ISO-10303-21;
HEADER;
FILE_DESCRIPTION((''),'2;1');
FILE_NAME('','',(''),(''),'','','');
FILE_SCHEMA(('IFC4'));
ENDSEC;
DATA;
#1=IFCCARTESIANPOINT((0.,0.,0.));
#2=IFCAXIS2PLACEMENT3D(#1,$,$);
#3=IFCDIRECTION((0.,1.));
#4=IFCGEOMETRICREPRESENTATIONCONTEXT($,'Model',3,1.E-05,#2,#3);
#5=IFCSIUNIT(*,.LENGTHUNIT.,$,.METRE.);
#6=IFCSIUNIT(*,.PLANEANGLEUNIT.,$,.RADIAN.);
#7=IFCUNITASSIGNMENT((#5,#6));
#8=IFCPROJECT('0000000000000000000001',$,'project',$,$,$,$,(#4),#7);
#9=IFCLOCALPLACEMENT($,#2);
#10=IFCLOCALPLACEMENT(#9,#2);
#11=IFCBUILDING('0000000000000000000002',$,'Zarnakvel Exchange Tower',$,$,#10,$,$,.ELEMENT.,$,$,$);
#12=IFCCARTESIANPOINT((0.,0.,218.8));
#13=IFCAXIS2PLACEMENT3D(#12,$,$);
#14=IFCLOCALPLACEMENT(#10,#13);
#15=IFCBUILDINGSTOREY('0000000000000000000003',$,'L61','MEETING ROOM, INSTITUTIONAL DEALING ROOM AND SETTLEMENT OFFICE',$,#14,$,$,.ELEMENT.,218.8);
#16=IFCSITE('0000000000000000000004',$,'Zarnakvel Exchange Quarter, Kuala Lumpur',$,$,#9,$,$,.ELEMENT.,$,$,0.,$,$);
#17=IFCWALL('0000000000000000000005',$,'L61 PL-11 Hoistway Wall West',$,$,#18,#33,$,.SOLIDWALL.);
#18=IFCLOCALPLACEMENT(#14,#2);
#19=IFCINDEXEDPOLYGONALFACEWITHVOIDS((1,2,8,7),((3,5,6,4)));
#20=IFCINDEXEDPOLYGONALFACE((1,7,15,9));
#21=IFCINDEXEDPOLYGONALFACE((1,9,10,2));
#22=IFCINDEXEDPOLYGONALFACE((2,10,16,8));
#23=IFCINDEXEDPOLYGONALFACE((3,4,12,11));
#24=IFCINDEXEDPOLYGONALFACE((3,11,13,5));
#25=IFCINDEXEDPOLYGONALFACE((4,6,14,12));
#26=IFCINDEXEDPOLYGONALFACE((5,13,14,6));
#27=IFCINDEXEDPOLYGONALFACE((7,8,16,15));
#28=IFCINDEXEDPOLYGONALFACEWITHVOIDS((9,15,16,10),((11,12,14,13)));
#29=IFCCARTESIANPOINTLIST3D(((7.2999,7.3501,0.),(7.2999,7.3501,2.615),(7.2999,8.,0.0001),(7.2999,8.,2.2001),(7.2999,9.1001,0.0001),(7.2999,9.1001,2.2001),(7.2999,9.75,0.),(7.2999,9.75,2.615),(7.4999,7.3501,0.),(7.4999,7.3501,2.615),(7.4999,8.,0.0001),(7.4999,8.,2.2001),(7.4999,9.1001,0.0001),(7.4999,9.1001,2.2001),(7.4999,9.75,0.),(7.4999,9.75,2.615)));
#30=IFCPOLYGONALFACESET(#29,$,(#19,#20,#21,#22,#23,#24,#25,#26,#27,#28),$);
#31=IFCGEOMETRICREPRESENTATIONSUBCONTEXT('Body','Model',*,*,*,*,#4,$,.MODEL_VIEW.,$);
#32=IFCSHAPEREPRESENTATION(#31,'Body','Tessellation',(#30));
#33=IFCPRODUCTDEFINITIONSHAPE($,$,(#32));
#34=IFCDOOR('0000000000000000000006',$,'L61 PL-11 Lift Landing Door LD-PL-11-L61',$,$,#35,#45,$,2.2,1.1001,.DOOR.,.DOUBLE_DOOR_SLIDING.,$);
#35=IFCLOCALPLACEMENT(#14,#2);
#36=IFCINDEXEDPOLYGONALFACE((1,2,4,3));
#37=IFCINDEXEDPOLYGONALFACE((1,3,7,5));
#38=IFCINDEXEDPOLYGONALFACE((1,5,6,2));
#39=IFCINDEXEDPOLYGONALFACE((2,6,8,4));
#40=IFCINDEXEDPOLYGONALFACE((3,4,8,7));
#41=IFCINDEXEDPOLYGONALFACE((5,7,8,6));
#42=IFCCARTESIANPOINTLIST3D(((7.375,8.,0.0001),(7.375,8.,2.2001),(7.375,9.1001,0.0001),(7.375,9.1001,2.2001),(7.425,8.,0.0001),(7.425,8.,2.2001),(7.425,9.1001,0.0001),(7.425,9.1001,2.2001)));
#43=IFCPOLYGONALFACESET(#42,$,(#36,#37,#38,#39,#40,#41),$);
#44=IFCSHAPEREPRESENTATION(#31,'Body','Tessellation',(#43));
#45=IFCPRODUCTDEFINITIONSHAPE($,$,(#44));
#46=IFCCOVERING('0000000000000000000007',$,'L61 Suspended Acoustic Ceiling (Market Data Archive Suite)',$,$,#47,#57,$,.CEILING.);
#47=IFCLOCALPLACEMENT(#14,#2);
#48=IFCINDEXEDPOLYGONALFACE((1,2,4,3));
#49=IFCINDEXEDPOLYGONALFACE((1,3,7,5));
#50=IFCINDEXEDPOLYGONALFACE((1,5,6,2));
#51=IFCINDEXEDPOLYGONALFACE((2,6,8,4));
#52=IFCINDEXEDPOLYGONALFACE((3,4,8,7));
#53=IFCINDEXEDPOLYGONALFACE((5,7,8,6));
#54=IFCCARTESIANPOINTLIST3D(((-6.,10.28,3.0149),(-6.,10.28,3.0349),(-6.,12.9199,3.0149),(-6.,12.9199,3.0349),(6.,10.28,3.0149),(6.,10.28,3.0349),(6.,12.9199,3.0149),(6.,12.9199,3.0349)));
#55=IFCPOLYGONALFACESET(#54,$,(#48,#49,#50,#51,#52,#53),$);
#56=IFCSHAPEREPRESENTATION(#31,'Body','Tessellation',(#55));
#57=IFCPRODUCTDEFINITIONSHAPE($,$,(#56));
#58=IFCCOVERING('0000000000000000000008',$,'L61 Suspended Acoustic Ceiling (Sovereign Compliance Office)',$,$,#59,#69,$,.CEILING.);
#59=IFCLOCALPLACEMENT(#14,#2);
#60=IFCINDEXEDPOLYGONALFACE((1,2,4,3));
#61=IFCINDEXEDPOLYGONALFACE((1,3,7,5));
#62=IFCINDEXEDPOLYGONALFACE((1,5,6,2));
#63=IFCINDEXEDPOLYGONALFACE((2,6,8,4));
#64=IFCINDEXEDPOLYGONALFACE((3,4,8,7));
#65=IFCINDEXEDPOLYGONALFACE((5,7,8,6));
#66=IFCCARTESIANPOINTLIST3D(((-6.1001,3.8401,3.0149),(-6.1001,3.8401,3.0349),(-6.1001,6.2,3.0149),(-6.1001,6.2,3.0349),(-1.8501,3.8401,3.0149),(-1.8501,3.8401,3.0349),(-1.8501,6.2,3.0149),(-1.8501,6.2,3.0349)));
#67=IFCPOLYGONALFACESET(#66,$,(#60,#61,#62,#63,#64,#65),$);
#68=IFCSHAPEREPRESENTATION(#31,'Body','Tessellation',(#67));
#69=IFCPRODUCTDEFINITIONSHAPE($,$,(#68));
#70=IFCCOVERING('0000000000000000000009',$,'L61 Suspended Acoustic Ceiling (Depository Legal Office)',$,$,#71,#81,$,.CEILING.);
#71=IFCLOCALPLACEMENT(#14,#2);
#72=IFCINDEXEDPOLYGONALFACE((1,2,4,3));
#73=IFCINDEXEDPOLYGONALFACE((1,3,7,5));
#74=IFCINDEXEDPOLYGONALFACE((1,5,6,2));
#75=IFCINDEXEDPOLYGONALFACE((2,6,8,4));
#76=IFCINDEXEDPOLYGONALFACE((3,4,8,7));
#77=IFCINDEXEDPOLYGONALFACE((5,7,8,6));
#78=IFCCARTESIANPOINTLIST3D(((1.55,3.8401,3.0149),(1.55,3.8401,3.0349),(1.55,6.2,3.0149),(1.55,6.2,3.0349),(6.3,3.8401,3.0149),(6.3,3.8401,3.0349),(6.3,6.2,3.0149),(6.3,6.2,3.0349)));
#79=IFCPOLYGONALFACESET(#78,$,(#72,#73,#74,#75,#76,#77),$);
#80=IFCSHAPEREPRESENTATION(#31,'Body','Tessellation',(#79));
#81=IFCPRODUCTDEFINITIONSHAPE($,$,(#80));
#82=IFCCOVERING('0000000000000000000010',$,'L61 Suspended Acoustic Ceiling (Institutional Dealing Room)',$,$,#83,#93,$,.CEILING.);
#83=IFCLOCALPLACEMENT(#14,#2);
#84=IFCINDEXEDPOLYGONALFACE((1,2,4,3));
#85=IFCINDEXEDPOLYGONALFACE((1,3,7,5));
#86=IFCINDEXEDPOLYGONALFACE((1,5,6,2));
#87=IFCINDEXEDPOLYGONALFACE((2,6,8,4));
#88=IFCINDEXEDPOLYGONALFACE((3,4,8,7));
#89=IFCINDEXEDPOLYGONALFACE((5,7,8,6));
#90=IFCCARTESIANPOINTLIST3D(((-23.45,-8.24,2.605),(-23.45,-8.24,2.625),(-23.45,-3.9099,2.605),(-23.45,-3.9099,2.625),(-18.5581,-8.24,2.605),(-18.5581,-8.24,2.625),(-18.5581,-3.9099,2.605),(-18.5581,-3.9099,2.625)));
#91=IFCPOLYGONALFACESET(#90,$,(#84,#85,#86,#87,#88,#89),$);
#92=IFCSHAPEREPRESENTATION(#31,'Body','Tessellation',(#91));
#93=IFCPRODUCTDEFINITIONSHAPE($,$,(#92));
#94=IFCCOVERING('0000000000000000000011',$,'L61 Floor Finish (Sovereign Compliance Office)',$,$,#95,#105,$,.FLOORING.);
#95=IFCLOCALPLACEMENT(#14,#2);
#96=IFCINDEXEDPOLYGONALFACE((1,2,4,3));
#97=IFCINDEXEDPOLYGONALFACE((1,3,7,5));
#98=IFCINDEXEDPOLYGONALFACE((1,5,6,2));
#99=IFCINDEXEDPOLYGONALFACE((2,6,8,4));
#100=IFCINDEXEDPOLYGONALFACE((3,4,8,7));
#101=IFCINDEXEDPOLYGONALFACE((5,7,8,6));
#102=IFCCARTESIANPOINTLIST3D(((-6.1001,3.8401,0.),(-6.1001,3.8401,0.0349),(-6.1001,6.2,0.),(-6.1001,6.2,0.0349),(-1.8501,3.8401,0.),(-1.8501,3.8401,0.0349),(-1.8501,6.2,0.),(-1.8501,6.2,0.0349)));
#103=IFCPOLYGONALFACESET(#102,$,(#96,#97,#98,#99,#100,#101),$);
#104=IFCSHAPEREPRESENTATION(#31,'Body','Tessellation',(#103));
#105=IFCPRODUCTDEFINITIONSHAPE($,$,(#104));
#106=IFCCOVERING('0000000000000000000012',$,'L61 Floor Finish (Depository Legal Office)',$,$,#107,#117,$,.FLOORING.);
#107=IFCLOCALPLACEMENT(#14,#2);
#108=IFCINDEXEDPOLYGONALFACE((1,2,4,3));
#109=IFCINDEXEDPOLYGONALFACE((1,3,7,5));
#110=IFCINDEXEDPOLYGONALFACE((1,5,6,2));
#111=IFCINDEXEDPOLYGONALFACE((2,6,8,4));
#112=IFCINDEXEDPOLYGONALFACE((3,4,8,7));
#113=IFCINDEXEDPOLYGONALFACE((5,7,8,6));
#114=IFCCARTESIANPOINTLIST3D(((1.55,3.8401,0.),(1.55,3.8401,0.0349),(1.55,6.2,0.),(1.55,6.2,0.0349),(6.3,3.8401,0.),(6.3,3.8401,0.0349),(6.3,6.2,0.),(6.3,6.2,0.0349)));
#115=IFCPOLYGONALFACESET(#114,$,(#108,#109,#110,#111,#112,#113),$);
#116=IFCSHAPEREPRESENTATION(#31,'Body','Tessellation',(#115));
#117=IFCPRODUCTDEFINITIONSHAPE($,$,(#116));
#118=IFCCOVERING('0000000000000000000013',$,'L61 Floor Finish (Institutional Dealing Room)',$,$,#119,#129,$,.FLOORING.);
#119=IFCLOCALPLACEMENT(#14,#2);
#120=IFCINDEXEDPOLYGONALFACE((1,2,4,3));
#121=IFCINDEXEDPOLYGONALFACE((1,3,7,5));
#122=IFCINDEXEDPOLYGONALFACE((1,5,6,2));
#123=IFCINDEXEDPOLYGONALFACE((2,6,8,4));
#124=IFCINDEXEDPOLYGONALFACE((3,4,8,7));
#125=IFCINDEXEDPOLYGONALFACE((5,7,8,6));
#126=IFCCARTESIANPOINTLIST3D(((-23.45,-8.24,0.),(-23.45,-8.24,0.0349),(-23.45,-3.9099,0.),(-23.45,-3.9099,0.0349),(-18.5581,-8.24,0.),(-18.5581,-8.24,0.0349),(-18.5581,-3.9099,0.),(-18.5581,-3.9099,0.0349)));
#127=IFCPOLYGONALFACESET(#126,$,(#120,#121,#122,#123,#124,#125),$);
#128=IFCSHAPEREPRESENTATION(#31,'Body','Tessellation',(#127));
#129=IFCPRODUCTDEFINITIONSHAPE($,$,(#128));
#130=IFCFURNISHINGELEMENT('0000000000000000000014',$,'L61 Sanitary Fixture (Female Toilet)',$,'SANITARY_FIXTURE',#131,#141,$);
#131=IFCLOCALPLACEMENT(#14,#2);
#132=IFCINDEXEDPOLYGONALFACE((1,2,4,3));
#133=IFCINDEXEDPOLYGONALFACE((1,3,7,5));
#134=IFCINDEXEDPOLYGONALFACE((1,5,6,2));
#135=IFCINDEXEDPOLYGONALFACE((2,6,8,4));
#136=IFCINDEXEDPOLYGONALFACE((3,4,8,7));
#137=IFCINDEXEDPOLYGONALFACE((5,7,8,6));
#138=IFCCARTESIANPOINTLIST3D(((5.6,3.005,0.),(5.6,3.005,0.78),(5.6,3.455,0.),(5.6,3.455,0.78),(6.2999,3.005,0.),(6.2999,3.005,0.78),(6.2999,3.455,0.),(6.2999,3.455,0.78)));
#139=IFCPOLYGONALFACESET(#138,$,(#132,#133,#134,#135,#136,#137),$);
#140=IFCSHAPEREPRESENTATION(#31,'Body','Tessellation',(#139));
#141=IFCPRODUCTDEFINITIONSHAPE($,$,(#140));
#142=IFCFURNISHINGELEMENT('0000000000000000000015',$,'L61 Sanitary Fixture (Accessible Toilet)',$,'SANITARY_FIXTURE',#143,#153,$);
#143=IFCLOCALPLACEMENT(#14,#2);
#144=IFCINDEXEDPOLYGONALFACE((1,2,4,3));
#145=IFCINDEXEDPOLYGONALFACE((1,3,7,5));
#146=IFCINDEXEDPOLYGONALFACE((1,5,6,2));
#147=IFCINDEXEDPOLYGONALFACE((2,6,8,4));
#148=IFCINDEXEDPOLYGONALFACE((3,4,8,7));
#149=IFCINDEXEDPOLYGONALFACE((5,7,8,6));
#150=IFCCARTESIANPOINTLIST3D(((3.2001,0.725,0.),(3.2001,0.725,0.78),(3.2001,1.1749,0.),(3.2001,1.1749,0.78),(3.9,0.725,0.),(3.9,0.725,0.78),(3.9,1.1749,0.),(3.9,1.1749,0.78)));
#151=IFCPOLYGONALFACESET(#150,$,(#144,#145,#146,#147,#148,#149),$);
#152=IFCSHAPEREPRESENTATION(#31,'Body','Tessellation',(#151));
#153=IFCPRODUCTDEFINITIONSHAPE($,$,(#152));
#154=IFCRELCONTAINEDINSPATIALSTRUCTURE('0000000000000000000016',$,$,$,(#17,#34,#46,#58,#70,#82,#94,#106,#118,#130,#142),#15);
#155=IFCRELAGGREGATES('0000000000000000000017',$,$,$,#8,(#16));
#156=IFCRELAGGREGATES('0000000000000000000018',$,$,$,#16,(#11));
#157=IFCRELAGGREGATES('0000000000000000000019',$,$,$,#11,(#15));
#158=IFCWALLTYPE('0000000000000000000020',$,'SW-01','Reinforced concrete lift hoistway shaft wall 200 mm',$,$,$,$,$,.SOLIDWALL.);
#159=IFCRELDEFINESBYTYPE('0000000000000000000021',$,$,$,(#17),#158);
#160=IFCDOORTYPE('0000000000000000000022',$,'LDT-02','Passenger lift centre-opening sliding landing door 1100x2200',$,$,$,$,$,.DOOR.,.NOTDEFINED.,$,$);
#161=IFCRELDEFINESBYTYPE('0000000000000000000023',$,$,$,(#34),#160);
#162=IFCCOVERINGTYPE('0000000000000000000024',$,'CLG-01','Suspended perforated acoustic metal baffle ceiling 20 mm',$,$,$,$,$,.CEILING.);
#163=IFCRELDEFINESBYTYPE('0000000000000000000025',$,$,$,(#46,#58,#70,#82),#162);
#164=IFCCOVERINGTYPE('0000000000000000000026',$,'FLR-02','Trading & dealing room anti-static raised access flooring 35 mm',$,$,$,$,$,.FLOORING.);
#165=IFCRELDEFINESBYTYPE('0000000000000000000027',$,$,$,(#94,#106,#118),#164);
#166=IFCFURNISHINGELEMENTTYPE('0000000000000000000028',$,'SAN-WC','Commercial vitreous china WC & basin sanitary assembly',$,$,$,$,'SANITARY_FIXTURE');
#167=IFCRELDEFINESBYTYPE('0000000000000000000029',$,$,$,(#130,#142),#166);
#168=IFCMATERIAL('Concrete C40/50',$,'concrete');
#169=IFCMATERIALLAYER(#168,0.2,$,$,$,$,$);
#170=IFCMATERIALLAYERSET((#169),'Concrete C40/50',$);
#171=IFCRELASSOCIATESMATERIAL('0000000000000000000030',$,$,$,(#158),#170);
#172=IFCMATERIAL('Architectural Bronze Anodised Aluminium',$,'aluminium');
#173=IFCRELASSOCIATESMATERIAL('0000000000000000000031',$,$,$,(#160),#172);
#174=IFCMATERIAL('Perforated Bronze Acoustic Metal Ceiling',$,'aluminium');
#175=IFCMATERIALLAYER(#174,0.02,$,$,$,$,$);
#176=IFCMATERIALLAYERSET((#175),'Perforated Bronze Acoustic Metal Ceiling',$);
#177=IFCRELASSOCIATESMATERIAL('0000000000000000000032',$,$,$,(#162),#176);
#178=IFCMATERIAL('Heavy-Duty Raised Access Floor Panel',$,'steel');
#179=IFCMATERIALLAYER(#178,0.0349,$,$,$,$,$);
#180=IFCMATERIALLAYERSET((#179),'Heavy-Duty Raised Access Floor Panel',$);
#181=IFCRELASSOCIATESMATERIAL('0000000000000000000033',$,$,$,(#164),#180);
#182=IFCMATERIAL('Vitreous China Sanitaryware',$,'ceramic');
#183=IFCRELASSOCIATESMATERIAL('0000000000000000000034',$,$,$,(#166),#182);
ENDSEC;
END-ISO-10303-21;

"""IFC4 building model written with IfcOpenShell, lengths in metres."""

from ifc_helpers import new_model, si_unit, direction, frame, frame_2d, origin, origin_2d, place, context, subcontext, project, spatial, polyline, rectangle, outline, extrude, source, transform, mapped, material, layer, layer_set, type_object, element, fill, save


model = new_model("IFC4")

# Units and contexts
model_context = context("Model", 3, precision=1e-05, world=origin(), true_north=direction((0.0, 1.0)))
body_context = subcontext(model_context, "Body", "Model", "MODEL_VIEW")
ifc_project = project(units=[si_unit("LENGTHUNIT", "METRE"), si_unit("PLANEANGLEUNIT", "RADIAN")], contexts=[model_context])

# Site, building, storey
site_placement = place(None, origin())
site = spatial("IfcSite", under=ifc_project, at=site_placement, Name="Zarnakvel Exchange Quarter, Kuala Lumpur", CompositionType="ELEMENT", RefElevation=0.0)
building_placement = place(site_placement, origin())
building = spatial("IfcBuilding", under=site, at=building_placement, Name="Zarnakvel Exchange Tower", CompositionType="ELEMENT")
storey_placement = place(building_placement, frame((0.0, 0.0, 218.8)))
storey = spatial("IfcBuildingStorey", under=building, at=storey_placement, Name="L61", Description="MEETING ROOM, INSTITUTIONAL DEALING ROOM AND SETTLEMENT OFFICE", CompositionType="ELEMENT", Elevation=218.8)

# Shared definitions
ifc_material_1 = material(Name="Concrete C40/50", Category="concrete")
ifc_layer_1 = layer(ifc_material_1, 0.2)
ifc_layer_set_1 = layer_set([ifc_layer_1], Name="Concrete C40/50")
wall_type_1 = type_object("IfcWallType", Name="SW-01", Description="Reinforced concrete lift hoistway shaft wall 200 mm", PredefinedType="SOLIDWALL", material=ifc_layer_set_1)

# Wall, opening, door
wall_1_placement = place(storey_placement, frame((7.3999, 7.3501, 0.0), z_axis=(0.0, 0.0, 1.0), x_axis=(0.0, 1.0, 0.0)))
wall_1 = element("IfcWall", 1, at=wall_1_placement, inside=storey, type_object=wall_type_1, Name="L61 PL-11 Hoistway Wall West", PredefinedType="SOLIDWALL", context=body_context, shape_type="SweptSolid", body=[
    extrude(rectangle(XDim=2.3999, YDim=0.2, at=frame_2d((1.2, 0.0))), origin(), (0.0, 0.0, 1.0), 2.615),
])
opening_1_placement = place(wall_1_placement, frame((0.6499, 0.0, 0.0)))
opening_1 = element("IfcOpeningElement", 2, at=opening_1_placement, cuts=wall_1, PredefinedType="OPENING", context=body_context, shape_type="SweptSolid", body=[
    extrude(rectangle(XDim=1.1001, YDim=2.2, at=frame_2d((0.55, 1.1001))), frame((0.0, 0.1099, 0.0), z_axis=(0.0, -1.0, 0.0), x_axis=(1.0, 0.0, 0.0)), (0.0, 0.0, 1.0), 0.22),
])
ifc_material_2 = material(Name="Architectural Bronze Anodised Aluminium", Category="aluminium")
door_type_1 = type_object("IfcDoorType", Name="LDT-02", Description="Passenger lift centre-opening sliding landing door 1100x2200", OperationType="NOTDEFINED", PredefinedType="DOOR", material=ifc_material_2)
shared_shape_1 = source(origin(), body_context, "Body", "SweptSolid", [
    extrude(rectangle(XDim=1.1001, YDim=2.2, at=frame_2d((0.55, 1.1001))), frame((0.0, 0.0249, 0.0), z_axis=(0.0, -1.0, 0.0), x_axis=(1.0, 0.0, 0.0)), (0.0, 0.0, 1.0), 0.05),
])
door_1_placement = place(opening_1_placement, origin())
door_1 = element("IfcDoor", 3, at=door_1_placement, inside=storey, type_object=door_type_1, Name="L61 PL-11 Lift Landing Door LD-PL-11-L61", OperationType="DOUBLE_DOOR_SLIDING", OverallHeight=2.2, OverallWidth=1.1001, PredefinedType="DOOR", context=body_context, shape_type="MappedRepresentation", body=[
    mapped(shared_shape_1, transform((0.0, 0.0, 0.0), x_axis=(1.0, 0.0, 0.0), y_axis=(0.0, 1.0, 0.0), z_axis=(0.0, 0.0, 1.0), scale=1.0)),
])
fill(opening_1, door_1)

# Coverings
ifc_material_3 = material(Name="Perforated Bronze Acoustic Metal Ceiling", Category="aluminium")
ifc_layer_2 = layer(ifc_material_3, 0.02)
ifc_layer_set_2 = layer_set([ifc_layer_2], Name="Perforated Bronze Acoustic Metal Ceiling")
covering_type_1 = type_object("IfcCoveringType", Name="CLG-01", Description="Suspended perforated acoustic metal baffle ceiling 20 mm", PredefinedType="CEILING", material=ifc_layer_set_2)
covering_1_placement = place(storey_placement, frame((0.0, 0.0, 3.0149)))
element("IfcCovering", 4, at=covering_1_placement, inside=storey, type_object=covering_type_1, Name="L61 Suspended Acoustic Ceiling (Market Data Archive Suite)", PredefinedType="CEILING", context=body_context, shape_type="SweptSolid", body=[
    extrude(outline(polyline([(-6.0, 12.9199), (6.0, 12.9199), (6.0, 10.28), (-6.0, 10.28), (-6.0, 12.9199)])), origin(), (0.0, 0.0, 1.0), 0.02),
])
covering_2_placement = place(storey_placement, frame((0.0, 0.0, 3.0149)))
element("IfcCovering", 5, at=covering_2_placement, inside=storey, type_object=covering_type_1, Name="L61 Suspended Acoustic Ceiling (Sovereign Compliance Office)", PredefinedType="CEILING", context=body_context, shape_type="SweptSolid", body=[
    extrude(outline(polyline([(-6.1001, 6.2), (-1.8501, 6.2), (-1.8501, 3.8401), (-6.1001, 3.8401), (-6.1001, 6.2)])), origin(), (0.0, 0.0, 1.0), 0.02),
])
covering_3_placement = place(storey_placement, frame((0.0, 0.0, 3.0149)))
element("IfcCovering", 6, at=covering_3_placement, inside=storey, type_object=covering_type_1, Name="L61 Suspended Acoustic Ceiling (Depository Legal Office)", PredefinedType="CEILING", context=body_context, shape_type="SweptSolid", body=[
    extrude(outline(polyline([(1.55, 6.2), (6.3, 6.2), (6.3, 3.8401), (1.55, 3.8401), (1.55, 6.2)])), origin(), (0.0, 0.0, 1.0), 0.02),
])
covering_4_placement = place(storey_placement, frame((0.0, 0.0, 2.605)))
element("IfcCovering", 7, at=covering_4_placement, inside=storey, type_object=covering_type_1, Name="L61 Suspended Acoustic Ceiling (Institutional Dealing Room)", PredefinedType="CEILING", context=body_context, shape_type="SweptSolid", body=[
    extrude(outline(polyline([(-23.45, -3.9099), (-18.5581, -3.9099), (-18.5581, -8.24), (-23.45, -8.24), (-23.45, -3.9099)])), origin(), (0.0, 0.0, 1.0), 0.02),
])
ifc_material_4 = material(Name="Heavy-Duty Raised Access Floor Panel", Category="steel")
ifc_layer_3 = layer(ifc_material_4, 0.0349)
ifc_layer_set_3 = layer_set([ifc_layer_3], Name="Heavy-Duty Raised Access Floor Panel")
covering_type_2 = type_object("IfcCoveringType", Name="FLR-02", Description="Trading & dealing room anti-static raised access flooring 35 mm", PredefinedType="FLOORING", material=ifc_layer_set_3)
covering_5_placement = place(storey_placement, origin())
element("IfcCovering", 8, at=covering_5_placement, inside=storey, type_object=covering_type_2, Name="L61 Floor Finish (Sovereign Compliance Office)", PredefinedType="FLOORING", context=body_context, shape_type="SweptSolid", body=[
    extrude(outline(polyline([(-6.1001, 6.2), (-1.8501, 6.2), (-1.8501, 3.8401), (-6.1001, 3.8401), (-6.1001, 6.2)])), origin(), (0.0, 0.0, 1.0), 0.0349),
])
covering_6_placement = place(storey_placement, origin())
element("IfcCovering", 9, at=covering_6_placement, inside=storey, type_object=covering_type_2, Name="L61 Floor Finish (Depository Legal Office)", PredefinedType="FLOORING", context=body_context, shape_type="SweptSolid", body=[
    extrude(outline(polyline([(1.55, 6.2), (6.3, 6.2), (6.3, 3.8401), (1.55, 3.8401), (1.55, 6.2)])), origin(), (0.0, 0.0, 1.0), 0.0349),
])
covering_7_placement = place(storey_placement, origin())
element("IfcCovering", 10, at=covering_7_placement, inside=storey, type_object=covering_type_2, Name="L61 Floor Finish (Institutional Dealing Room)", PredefinedType="FLOORING", context=body_context, shape_type="SweptSolid", body=[
    extrude(outline(polyline([(-23.45, -3.9099), (-18.5581, -3.9099), (-18.5581, -8.24), (-23.45, -8.24), (-23.45, -3.9099)])), origin(), (0.0, 0.0, 1.0), 0.0349),
])

# Furnishing elements
ifc_material_5 = material(Name="Vitreous China Sanitaryware", Category="ceramic")
furnishing_element_type = type_object("IfcFurnishingElementType", Name="SAN-WC", Description="Commercial vitreous china WC & basin sanitary assembly", ElementType="SANITARY_FIXTURE", material=ifc_material_5)
shared_shape_2 = source(origin(), body_context, "Body", "SweptSolid", [
    extrude(rectangle(XDim=0.7, YDim=0.45, at=origin_2d()), origin(), (0.0, 0.0, 1.0), 0.78),
])
for number, where, z_axis, x_axis, name in (
    (11, (5.95, 3.23, 0.0), (0.0, 0.0, 1.0), (1.0, 0.0, 0.0), "L61 Sanitary Fixture (Female Toilet)"),
    (12, (3.55, 0.95, 0.0), (0.0, 0.0, 1.0), (1.0, 0.0, 0.0), "L61 Sanitary Fixture (Accessible Toilet)"),
):
    element("IfcFurnishingElement", number, at=place(storey_placement, frame(where, z_axis=z_axis, x_axis=x_axis)), inside=storey, type_object=furnishing_element_type, Name=name, ObjectType="SANITARY_FIXTURE", context=body_context, shape_type="MappedRepresentation", body=[
        mapped(shared_shape_2, transform((0.0, 0.0, 0.0), x_axis=(1.0, 0.0, 0.0), y_axis=(0.0, 1.0, 0.0), z_axis=(0.0, 0.0, 1.0), scale=1.0)),
    ])

save(model, "model.ifc")
